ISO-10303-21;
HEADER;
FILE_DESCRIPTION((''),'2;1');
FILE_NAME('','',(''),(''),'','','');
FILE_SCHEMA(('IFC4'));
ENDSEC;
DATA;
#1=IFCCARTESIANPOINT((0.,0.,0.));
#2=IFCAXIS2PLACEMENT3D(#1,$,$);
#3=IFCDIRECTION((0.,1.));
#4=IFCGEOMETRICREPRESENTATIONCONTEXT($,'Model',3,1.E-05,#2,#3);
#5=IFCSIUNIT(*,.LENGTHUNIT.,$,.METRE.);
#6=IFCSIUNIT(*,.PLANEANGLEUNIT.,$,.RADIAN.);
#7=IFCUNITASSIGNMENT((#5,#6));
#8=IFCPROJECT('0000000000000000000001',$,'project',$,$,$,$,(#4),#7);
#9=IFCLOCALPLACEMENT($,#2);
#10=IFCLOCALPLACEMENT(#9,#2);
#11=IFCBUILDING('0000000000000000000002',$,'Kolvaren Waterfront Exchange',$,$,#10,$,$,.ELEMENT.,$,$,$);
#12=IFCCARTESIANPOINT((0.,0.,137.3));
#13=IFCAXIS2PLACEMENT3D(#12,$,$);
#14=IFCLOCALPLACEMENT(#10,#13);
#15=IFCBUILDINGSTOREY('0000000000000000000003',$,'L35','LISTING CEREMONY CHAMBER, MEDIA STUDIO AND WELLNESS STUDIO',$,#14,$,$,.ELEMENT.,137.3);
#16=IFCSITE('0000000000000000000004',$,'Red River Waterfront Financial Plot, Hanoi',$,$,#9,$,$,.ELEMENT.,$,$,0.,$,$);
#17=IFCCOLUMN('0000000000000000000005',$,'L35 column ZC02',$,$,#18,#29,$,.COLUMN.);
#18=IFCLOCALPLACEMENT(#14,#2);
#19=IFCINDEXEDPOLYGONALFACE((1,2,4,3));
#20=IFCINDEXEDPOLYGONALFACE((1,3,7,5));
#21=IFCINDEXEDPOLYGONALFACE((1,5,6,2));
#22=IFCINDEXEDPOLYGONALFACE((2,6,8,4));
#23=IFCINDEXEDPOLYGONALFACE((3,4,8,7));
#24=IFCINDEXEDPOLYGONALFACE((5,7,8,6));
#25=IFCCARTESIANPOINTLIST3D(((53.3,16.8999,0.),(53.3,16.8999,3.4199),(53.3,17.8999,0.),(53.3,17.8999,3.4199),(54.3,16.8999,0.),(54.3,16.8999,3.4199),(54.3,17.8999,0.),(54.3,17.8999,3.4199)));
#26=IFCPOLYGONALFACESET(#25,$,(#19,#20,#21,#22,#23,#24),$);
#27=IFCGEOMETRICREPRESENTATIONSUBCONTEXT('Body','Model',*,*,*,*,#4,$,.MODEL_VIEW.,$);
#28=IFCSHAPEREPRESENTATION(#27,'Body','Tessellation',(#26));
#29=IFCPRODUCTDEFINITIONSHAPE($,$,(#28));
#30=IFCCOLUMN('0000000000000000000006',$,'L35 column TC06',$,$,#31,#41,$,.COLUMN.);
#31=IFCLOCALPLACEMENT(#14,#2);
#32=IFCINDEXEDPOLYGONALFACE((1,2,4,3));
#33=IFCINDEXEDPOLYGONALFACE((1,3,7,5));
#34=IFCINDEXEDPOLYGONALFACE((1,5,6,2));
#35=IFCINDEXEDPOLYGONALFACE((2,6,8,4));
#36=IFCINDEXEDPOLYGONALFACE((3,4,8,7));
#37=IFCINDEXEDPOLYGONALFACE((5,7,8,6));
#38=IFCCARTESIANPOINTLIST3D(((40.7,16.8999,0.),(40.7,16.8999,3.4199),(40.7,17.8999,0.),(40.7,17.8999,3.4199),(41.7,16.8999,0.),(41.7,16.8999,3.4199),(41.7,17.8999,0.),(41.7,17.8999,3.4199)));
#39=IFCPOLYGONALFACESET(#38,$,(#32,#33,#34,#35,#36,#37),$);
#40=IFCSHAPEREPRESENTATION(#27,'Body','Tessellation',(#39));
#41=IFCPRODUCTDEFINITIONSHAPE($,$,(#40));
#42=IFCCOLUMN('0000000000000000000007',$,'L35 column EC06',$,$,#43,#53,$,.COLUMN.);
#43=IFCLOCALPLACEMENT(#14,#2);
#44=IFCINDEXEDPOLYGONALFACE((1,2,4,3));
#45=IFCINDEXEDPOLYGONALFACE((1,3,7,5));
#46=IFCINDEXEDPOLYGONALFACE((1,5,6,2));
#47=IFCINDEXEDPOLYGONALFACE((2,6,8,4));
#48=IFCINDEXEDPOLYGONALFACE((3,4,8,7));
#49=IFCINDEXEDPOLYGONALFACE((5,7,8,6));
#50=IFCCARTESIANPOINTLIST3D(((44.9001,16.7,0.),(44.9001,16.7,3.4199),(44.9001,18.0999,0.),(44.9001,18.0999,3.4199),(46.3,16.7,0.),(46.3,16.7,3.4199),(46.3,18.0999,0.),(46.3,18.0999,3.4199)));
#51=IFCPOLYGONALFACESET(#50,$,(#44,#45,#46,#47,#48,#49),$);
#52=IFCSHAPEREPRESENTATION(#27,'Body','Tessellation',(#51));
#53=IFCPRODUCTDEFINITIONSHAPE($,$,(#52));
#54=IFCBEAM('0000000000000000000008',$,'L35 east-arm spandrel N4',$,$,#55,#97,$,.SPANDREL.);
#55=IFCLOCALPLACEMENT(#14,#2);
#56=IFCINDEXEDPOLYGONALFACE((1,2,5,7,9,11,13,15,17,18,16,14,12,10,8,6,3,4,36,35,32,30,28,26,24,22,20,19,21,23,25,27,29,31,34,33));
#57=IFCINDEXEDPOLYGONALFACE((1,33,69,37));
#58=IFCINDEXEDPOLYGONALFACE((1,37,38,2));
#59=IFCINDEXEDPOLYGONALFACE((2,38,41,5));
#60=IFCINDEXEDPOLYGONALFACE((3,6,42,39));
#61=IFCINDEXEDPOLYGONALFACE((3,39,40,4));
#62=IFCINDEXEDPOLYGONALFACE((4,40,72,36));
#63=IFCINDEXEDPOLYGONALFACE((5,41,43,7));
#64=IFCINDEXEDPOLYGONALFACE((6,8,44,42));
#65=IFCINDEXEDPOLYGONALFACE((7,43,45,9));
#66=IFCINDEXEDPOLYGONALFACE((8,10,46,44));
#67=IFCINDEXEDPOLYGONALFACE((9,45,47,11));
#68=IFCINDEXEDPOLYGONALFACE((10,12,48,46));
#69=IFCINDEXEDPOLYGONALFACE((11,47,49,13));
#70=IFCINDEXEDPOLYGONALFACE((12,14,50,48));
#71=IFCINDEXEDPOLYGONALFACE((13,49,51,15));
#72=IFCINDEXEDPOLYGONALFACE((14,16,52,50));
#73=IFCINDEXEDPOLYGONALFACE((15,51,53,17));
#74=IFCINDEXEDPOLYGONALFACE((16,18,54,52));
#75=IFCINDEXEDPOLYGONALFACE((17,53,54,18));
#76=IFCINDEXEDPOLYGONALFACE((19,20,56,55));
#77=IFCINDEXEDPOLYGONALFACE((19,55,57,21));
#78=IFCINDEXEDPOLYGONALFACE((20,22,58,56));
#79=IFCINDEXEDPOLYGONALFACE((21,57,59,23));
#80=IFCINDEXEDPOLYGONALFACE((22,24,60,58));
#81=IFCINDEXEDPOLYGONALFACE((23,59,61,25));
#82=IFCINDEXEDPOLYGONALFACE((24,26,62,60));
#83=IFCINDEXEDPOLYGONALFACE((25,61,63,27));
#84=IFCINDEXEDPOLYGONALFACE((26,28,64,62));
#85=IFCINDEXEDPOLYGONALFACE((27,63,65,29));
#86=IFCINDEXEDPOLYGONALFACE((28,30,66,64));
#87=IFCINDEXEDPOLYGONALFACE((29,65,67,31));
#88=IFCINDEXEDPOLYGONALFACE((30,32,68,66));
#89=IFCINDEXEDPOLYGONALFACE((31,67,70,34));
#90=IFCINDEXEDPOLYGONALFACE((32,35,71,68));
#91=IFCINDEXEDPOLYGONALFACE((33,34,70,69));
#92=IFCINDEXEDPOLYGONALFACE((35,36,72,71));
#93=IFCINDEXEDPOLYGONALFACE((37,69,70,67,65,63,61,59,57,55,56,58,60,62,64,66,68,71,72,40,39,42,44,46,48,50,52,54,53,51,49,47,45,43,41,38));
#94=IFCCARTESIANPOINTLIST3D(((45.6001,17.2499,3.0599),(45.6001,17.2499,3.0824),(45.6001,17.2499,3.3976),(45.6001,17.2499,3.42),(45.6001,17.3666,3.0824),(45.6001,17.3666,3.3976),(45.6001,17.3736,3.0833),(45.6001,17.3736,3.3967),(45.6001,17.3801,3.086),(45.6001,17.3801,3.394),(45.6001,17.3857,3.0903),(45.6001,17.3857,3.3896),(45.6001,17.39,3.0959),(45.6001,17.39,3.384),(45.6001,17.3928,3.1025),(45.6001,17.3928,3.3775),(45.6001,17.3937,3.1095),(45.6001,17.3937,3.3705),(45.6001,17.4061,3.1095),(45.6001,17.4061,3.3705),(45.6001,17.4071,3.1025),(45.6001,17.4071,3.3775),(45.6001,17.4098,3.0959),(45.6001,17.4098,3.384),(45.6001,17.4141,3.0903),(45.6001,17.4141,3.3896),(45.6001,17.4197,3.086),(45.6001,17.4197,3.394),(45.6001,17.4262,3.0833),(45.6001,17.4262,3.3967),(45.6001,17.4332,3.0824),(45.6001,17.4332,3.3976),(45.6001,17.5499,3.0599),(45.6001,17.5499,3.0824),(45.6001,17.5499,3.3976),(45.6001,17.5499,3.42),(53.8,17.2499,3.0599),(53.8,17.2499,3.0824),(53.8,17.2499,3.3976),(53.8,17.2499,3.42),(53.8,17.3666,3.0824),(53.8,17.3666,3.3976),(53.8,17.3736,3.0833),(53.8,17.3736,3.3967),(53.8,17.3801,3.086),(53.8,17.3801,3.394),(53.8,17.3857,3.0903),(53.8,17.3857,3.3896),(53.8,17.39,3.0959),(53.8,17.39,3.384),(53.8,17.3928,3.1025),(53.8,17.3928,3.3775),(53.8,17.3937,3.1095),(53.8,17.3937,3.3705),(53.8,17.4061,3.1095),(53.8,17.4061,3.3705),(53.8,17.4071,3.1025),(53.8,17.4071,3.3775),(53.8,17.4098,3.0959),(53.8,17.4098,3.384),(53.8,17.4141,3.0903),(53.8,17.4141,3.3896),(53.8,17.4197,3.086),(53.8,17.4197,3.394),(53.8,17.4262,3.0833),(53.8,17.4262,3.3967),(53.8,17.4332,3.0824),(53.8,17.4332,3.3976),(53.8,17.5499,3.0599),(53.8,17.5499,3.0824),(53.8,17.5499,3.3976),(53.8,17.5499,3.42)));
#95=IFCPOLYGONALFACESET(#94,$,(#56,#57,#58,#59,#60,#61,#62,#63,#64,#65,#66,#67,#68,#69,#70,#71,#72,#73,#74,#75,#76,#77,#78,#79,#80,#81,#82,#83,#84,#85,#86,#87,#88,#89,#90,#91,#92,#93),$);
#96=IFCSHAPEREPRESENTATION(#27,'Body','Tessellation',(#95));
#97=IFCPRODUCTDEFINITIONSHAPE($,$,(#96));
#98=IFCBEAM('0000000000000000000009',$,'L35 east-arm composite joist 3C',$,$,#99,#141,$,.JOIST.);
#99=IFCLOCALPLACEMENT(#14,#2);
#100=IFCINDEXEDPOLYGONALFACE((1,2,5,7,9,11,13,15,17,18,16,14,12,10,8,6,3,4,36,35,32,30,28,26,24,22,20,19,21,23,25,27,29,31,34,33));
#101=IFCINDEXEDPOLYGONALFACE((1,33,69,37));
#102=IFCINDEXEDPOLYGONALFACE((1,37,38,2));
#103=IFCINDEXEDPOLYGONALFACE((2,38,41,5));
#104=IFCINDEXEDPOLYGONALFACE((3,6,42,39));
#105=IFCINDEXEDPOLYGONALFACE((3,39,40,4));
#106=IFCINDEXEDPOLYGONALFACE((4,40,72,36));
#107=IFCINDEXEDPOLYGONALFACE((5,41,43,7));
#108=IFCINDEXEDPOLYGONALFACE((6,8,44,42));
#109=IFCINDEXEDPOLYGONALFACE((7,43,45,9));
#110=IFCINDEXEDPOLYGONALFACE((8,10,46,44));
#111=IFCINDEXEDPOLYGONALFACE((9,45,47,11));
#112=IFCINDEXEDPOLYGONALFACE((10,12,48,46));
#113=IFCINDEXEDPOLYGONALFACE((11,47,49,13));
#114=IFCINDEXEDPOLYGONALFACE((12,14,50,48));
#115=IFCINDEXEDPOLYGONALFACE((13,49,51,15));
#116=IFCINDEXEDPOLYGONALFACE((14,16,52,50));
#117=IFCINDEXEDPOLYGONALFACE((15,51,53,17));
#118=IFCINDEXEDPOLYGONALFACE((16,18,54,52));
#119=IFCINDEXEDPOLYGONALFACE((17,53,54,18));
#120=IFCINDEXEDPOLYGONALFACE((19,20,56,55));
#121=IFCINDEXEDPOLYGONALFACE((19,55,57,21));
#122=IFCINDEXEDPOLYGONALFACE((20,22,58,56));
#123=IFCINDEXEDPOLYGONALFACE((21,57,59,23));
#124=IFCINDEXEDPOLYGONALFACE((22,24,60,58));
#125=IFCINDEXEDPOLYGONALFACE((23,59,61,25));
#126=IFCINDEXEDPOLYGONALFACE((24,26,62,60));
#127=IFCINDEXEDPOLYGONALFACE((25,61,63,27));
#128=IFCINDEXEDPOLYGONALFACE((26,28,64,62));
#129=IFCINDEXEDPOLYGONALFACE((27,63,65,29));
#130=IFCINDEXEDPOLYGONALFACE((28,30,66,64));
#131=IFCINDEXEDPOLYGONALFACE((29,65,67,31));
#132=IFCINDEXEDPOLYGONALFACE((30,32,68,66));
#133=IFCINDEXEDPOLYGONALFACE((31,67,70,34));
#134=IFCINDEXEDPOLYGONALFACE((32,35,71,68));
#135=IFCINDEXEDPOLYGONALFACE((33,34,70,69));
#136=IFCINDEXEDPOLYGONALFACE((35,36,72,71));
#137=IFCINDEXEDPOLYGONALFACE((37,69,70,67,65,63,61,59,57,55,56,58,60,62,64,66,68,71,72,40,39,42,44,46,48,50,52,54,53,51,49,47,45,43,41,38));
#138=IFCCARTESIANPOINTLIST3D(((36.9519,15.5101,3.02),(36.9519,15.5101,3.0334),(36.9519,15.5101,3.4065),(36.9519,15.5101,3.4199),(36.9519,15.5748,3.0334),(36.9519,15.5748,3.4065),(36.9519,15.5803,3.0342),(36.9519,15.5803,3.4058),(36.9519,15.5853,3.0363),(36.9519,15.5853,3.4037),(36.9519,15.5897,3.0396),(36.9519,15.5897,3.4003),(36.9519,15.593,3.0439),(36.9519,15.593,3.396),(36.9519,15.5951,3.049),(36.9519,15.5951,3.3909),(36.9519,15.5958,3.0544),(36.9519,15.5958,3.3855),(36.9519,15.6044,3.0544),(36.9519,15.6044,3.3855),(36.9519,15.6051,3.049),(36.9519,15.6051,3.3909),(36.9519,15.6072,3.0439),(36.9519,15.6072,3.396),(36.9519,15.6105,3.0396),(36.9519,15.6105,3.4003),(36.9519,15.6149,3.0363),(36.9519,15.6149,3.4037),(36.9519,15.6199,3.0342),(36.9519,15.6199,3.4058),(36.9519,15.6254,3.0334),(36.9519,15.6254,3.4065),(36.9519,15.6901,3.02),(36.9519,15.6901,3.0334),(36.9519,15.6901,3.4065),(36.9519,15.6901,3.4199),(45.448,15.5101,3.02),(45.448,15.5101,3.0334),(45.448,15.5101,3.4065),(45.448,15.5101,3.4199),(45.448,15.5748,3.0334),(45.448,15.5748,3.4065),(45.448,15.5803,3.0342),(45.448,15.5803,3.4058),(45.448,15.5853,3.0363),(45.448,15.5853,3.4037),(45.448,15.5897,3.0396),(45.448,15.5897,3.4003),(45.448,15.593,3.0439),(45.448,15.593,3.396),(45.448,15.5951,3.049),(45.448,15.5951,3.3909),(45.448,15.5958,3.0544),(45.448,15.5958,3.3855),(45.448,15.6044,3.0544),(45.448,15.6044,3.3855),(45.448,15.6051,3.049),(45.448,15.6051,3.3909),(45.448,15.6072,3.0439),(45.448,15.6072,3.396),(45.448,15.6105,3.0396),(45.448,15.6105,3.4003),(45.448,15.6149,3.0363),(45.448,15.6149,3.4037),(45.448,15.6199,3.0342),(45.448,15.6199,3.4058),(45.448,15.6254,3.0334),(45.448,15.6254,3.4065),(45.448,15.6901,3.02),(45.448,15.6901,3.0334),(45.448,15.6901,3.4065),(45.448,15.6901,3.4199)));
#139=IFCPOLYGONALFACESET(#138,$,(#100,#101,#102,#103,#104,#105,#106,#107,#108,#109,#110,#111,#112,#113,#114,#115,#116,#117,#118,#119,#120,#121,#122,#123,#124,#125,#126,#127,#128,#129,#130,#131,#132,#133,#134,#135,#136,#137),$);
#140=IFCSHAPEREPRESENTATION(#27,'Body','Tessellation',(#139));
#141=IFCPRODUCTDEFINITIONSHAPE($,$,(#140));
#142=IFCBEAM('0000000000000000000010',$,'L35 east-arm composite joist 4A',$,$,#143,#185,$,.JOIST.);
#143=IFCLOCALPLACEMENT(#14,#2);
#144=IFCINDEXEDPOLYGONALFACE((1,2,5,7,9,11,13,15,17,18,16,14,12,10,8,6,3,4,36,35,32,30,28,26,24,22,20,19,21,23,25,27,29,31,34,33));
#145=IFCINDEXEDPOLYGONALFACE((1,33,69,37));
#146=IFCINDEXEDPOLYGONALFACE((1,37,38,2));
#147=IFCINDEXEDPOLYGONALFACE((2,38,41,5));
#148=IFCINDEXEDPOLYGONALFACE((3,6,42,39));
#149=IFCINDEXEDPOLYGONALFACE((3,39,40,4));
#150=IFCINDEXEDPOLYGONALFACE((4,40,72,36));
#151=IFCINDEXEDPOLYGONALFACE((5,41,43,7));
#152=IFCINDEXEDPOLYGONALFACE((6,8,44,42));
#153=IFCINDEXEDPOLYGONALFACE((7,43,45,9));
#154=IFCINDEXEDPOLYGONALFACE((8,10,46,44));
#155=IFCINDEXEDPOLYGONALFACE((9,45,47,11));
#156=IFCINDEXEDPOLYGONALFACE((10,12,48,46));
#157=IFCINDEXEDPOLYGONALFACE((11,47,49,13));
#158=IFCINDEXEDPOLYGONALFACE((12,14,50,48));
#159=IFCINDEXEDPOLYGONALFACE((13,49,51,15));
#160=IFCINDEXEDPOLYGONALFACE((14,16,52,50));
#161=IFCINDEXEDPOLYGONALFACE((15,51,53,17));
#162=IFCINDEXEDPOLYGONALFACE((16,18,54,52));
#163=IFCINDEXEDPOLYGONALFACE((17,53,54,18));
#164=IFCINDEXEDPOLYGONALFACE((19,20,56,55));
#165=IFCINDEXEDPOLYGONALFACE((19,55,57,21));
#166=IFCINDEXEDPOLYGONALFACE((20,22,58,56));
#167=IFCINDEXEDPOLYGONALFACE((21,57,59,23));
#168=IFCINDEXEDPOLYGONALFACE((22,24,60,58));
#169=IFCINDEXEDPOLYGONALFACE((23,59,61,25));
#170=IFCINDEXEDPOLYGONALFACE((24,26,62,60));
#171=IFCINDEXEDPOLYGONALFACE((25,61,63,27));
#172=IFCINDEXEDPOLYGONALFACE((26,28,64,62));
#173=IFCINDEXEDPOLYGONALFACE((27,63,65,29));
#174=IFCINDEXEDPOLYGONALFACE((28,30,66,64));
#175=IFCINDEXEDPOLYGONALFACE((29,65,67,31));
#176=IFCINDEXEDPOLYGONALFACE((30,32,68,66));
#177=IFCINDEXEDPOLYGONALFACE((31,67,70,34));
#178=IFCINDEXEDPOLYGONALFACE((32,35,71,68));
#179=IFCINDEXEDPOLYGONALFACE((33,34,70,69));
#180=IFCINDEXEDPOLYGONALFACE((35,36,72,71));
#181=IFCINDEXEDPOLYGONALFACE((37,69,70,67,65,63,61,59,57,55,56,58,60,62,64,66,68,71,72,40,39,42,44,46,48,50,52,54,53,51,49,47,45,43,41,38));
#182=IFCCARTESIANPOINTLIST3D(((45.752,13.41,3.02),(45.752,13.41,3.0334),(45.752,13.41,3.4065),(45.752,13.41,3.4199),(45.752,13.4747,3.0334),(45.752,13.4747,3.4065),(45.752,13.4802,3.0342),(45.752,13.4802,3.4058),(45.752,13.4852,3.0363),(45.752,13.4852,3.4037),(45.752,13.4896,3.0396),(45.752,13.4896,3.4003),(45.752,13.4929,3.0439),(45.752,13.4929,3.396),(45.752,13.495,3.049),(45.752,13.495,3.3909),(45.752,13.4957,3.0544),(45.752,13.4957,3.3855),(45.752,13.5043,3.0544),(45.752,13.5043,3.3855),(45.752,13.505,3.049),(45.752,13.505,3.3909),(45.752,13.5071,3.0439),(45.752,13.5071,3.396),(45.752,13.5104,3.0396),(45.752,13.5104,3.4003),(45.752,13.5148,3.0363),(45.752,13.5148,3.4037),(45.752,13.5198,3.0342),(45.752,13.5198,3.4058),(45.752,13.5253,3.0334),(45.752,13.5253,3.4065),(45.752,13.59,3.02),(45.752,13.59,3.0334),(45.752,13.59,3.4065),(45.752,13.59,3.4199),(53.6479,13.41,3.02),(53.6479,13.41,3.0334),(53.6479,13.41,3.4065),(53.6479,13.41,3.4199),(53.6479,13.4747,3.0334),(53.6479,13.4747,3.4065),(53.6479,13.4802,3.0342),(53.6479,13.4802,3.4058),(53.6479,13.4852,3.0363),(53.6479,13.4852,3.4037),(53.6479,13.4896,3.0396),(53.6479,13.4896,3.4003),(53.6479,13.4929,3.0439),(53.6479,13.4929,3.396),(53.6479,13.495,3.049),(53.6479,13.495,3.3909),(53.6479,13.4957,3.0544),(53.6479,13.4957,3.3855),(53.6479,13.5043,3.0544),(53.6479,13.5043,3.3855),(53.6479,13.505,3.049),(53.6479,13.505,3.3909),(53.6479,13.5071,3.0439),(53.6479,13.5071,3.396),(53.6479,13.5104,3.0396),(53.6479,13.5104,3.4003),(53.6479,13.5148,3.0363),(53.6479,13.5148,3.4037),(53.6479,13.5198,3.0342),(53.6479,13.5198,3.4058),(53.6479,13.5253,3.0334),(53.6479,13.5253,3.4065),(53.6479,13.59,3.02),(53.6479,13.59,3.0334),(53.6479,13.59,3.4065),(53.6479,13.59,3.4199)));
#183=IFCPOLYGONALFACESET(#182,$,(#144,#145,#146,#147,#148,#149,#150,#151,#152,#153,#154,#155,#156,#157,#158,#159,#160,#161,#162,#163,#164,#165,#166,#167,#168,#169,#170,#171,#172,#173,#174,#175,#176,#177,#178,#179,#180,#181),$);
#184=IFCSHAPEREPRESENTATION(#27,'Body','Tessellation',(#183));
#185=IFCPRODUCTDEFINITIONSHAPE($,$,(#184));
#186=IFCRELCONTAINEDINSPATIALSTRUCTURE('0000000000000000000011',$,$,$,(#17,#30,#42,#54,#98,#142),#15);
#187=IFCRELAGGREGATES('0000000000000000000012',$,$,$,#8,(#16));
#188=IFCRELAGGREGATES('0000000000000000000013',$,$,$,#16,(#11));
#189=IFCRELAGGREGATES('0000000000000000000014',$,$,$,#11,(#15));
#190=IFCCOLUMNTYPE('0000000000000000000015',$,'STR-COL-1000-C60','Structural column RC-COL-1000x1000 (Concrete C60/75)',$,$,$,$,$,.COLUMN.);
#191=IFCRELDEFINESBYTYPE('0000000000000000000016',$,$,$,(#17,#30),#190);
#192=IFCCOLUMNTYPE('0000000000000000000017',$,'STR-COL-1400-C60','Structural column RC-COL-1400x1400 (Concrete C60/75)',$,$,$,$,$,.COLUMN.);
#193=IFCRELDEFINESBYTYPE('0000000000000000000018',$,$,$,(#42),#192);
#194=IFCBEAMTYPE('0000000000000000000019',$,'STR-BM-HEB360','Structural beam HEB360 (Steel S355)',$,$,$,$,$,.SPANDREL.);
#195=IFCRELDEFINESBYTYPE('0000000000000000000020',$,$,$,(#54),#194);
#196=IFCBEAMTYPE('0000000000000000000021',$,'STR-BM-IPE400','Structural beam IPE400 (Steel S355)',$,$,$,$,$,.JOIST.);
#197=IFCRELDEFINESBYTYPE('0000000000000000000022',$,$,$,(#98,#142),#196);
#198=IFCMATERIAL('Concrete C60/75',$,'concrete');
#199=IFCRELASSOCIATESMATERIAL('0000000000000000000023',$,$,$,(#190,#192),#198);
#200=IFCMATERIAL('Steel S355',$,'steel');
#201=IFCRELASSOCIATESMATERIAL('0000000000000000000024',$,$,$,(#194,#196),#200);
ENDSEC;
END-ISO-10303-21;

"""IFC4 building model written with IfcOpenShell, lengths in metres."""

from ifc_helpers import new_model, si_unit, direction, frame, origin, origin_2d, place, context, subcontext, project, spatial, rectangle, i_section, extrude, material, material_profile, profile_set, type_object, element, save


model = new_model("IFC4")

# Units and contexts
model_context = context("Model", 3, precision=1e-05, world=origin(), true_north=direction((0.0, 1.0)))
body_context = subcontext(model_context, "Body", "Model", "MODEL_VIEW")
ifc_project = project(units=[si_unit("LENGTHUNIT", "METRE"), si_unit("PLANEANGLEUNIT", "RADIAN")], contexts=[model_context])

# Site, building, storey
site_placement = place(None, origin())
site = spatial("IfcSite", under=ifc_project, at=site_placement, Name="Red River Waterfront Financial Plot, Hanoi", CompositionType="ELEMENT", RefElevation=0.0)
building_placement = place(site_placement, origin())
building = spatial("IfcBuilding", under=site, at=building_placement, Name="Kolvaren Waterfront Exchange", CompositionType="ELEMENT")
storey_placement = place(building_placement, frame((0.0, 0.0, 137.3)))
storey = spatial("IfcBuildingStorey", under=building, at=storey_placement, Name="L35", Description="LISTING CEREMONY CHAMBER, MEDIA STUDIO AND WELLNESS STUDIO", CompositionType="ELEMENT", Elevation=137.3)

# Columns
ifc_material_1 = material(Name="Concrete C60/75", Category="concrete")
ifc_material_profile_1 = material_profile(ifc_material_1, rectangle(XDim=1.0, YDim=1.0, at=origin_2d()), Name="RC-COL-1000x1000")
ifc_profile_set_1 = profile_set([ifc_material_profile_1], Name="Concrete C60/75")
column_type_1 = type_object("IfcColumnType", Name="STR-COL-1000-C60", Description="Structural column RC-COL-1000x1000 (Concrete C60/75)", PredefinedType="COLUMN", material=ifc_profile_set_1)
for number, where, z_axis, x_axis, name in (
    (1, (53.8, 17.3999, 0.0), (0.0, 0.0, 1.0), (1.0, 0.0, 0.0), "L35 column ZC02"),
    (2, (41.2, 17.3999, 0.0), (0.0, 0.0, 1.0), (1.0, 0.0, 0.0), "L35 column TC06"),
):
    element("IfcColumn", number, at=place(storey_placement, frame(where, z_axis=z_axis, x_axis=x_axis)), inside=storey, type_object=column_type_1, Name=name, PredefinedType="COLUMN", context=body_context, shape_type="SweptSolid", body=[
        extrude(rectangle(XDim=1.0, YDim=1.0, at=origin_2d()), origin(), (0.0, 0.0, 1.0), 3.4199),
    ])
ifc_material_profile_2 = material_profile(ifc_material_1, rectangle(XDim=1.3999, YDim=1.3999, at=origin_2d()), Name="RC-COL-1400x1400")
ifc_profile_set_2 = profile_set([ifc_material_profile_2], Name="Concrete C60/75")
column_type_2 = type_object("IfcColumnType", Name="STR-COL-1400-C60", Description="Structural column RC-COL-1400x1400 (Concrete C60/75)", PredefinedType="COLUMN", material=ifc_profile_set_2)
column_placement = place(storey_placement, frame((45.6001, 17.3999, 0.0), z_axis=(0.0, 0.0, 1.0), x_axis=(1.0, 0.0, 0.0)))
element("IfcColumn", 3, at=column_placement, inside=storey, type_object=column_type_2, Name="L35 column EC06", PredefinedType="COLUMN", context=body_context, shape_type="SweptSolid", body=[
    extrude(rectangle(XDim=1.3999, YDim=1.3999, at=origin_2d()), origin(), (0.0, 0.0, 1.0), 3.4199),
])

# Beams
ifc_material_2 = material(Name="Steel S355", Category="steel")
ifc_material_profile_3 = material_profile(ifc_material_2, i_section(OverallWidth=0.3, OverallDepth=0.3601, WebThickness=0.0125, FlangeThickness=0.0225, FilletRadius=0.0271, at=origin_2d()), Name="HEB360")
ifc_profile_set_3 = profile_set([ifc_material_profile_3], Name="Steel S355")
beam_type_1 = type_object("IfcBeamType", Name="STR-BM-HEB360", Description="Structural beam HEB360 (Steel S355)", PredefinedType="SPANDREL", material=ifc_profile_set_3)
beam_1_placement = place(storey_placement, frame((45.6001, 17.3999, 3.24), z_axis=(1.0, 0.0, 0.0), x_axis=(0.0, 1.0, 0.0)))
element("IfcBeam", 4, at=beam_1_placement, inside=storey, type_object=beam_type_1, Name="L35 east-arm spandrel N4", PredefinedType="SPANDREL", context=body_context, shape_type="SweptSolid", body=[
    extrude(i_section(OverallWidth=0.3, OverallDepth=0.3601, WebThickness=0.0125, FlangeThickness=0.0225, FilletRadius=0.0271, at=origin_2d()), origin(), (0.0, 0.0, 1.0), 8.2),
])
ifc_material_profile_4 = material_profile(ifc_material_2, i_section(OverallWidth=0.1799, OverallDepth=0.3999, WebThickness=0.0085, FlangeThickness=0.0134, FilletRadius=0.021, at=origin_2d()), Name="IPE400")
ifc_profile_set_4 = profile_set([ifc_material_profile_4], Name="Steel S355")
beam_type_2 = type_object("IfcBeamType", Name="STR-BM-IPE400", Description="Structural beam IPE400 (Steel S355)", PredefinedType="JOIST", material=ifc_profile_set_4)
beam_2_placement = place(storey_placement, frame((36.9519, 15.6001, 3.22), z_axis=(1.0, 0.0, 0.0), x_axis=(0.0, 1.0, 0.0)))
element("IfcBeam", 5, at=beam_2_placement, inside=storey, type_object=beam_type_2, Name="L35 east-arm composite joist 3C", PredefinedType="JOIST", context=body_context, shape_type="SweptSolid", body=[
    extrude(i_section(OverallWidth=0.1799, OverallDepth=0.3999, WebThickness=0.0085, FlangeThickness=0.0134, FilletRadius=0.021, at=origin_2d()), origin(), (0.0, 0.0, 1.0), 8.4961),
])
for number, where, z_axis, x_axis, name in (
    (6, (45.752, 13.5, 3.22), (1.0, 0.0, 0.0), (0.0, 1.0, 0.0), "L35 east-arm composite joist 4A"),
):
    element("IfcBeam", number, at=place(storey_placement, frame(where, z_axis=z_axis, x_axis=x_axis)), inside=storey, type_object=beam_type_2, Name=name, PredefinedType="JOIST", context=body_context, shape_type="SweptSolid", body=[
        extrude(i_section(OverallWidth=0.1799, OverallDepth=0.3999, WebThickness=0.0085, FlangeThickness=0.0134, FilletRadius=0.021, at=origin_2d()), origin(), (0.0, 0.0, 1.0), 7.896),
    ])

save(model, "model.ifc")
